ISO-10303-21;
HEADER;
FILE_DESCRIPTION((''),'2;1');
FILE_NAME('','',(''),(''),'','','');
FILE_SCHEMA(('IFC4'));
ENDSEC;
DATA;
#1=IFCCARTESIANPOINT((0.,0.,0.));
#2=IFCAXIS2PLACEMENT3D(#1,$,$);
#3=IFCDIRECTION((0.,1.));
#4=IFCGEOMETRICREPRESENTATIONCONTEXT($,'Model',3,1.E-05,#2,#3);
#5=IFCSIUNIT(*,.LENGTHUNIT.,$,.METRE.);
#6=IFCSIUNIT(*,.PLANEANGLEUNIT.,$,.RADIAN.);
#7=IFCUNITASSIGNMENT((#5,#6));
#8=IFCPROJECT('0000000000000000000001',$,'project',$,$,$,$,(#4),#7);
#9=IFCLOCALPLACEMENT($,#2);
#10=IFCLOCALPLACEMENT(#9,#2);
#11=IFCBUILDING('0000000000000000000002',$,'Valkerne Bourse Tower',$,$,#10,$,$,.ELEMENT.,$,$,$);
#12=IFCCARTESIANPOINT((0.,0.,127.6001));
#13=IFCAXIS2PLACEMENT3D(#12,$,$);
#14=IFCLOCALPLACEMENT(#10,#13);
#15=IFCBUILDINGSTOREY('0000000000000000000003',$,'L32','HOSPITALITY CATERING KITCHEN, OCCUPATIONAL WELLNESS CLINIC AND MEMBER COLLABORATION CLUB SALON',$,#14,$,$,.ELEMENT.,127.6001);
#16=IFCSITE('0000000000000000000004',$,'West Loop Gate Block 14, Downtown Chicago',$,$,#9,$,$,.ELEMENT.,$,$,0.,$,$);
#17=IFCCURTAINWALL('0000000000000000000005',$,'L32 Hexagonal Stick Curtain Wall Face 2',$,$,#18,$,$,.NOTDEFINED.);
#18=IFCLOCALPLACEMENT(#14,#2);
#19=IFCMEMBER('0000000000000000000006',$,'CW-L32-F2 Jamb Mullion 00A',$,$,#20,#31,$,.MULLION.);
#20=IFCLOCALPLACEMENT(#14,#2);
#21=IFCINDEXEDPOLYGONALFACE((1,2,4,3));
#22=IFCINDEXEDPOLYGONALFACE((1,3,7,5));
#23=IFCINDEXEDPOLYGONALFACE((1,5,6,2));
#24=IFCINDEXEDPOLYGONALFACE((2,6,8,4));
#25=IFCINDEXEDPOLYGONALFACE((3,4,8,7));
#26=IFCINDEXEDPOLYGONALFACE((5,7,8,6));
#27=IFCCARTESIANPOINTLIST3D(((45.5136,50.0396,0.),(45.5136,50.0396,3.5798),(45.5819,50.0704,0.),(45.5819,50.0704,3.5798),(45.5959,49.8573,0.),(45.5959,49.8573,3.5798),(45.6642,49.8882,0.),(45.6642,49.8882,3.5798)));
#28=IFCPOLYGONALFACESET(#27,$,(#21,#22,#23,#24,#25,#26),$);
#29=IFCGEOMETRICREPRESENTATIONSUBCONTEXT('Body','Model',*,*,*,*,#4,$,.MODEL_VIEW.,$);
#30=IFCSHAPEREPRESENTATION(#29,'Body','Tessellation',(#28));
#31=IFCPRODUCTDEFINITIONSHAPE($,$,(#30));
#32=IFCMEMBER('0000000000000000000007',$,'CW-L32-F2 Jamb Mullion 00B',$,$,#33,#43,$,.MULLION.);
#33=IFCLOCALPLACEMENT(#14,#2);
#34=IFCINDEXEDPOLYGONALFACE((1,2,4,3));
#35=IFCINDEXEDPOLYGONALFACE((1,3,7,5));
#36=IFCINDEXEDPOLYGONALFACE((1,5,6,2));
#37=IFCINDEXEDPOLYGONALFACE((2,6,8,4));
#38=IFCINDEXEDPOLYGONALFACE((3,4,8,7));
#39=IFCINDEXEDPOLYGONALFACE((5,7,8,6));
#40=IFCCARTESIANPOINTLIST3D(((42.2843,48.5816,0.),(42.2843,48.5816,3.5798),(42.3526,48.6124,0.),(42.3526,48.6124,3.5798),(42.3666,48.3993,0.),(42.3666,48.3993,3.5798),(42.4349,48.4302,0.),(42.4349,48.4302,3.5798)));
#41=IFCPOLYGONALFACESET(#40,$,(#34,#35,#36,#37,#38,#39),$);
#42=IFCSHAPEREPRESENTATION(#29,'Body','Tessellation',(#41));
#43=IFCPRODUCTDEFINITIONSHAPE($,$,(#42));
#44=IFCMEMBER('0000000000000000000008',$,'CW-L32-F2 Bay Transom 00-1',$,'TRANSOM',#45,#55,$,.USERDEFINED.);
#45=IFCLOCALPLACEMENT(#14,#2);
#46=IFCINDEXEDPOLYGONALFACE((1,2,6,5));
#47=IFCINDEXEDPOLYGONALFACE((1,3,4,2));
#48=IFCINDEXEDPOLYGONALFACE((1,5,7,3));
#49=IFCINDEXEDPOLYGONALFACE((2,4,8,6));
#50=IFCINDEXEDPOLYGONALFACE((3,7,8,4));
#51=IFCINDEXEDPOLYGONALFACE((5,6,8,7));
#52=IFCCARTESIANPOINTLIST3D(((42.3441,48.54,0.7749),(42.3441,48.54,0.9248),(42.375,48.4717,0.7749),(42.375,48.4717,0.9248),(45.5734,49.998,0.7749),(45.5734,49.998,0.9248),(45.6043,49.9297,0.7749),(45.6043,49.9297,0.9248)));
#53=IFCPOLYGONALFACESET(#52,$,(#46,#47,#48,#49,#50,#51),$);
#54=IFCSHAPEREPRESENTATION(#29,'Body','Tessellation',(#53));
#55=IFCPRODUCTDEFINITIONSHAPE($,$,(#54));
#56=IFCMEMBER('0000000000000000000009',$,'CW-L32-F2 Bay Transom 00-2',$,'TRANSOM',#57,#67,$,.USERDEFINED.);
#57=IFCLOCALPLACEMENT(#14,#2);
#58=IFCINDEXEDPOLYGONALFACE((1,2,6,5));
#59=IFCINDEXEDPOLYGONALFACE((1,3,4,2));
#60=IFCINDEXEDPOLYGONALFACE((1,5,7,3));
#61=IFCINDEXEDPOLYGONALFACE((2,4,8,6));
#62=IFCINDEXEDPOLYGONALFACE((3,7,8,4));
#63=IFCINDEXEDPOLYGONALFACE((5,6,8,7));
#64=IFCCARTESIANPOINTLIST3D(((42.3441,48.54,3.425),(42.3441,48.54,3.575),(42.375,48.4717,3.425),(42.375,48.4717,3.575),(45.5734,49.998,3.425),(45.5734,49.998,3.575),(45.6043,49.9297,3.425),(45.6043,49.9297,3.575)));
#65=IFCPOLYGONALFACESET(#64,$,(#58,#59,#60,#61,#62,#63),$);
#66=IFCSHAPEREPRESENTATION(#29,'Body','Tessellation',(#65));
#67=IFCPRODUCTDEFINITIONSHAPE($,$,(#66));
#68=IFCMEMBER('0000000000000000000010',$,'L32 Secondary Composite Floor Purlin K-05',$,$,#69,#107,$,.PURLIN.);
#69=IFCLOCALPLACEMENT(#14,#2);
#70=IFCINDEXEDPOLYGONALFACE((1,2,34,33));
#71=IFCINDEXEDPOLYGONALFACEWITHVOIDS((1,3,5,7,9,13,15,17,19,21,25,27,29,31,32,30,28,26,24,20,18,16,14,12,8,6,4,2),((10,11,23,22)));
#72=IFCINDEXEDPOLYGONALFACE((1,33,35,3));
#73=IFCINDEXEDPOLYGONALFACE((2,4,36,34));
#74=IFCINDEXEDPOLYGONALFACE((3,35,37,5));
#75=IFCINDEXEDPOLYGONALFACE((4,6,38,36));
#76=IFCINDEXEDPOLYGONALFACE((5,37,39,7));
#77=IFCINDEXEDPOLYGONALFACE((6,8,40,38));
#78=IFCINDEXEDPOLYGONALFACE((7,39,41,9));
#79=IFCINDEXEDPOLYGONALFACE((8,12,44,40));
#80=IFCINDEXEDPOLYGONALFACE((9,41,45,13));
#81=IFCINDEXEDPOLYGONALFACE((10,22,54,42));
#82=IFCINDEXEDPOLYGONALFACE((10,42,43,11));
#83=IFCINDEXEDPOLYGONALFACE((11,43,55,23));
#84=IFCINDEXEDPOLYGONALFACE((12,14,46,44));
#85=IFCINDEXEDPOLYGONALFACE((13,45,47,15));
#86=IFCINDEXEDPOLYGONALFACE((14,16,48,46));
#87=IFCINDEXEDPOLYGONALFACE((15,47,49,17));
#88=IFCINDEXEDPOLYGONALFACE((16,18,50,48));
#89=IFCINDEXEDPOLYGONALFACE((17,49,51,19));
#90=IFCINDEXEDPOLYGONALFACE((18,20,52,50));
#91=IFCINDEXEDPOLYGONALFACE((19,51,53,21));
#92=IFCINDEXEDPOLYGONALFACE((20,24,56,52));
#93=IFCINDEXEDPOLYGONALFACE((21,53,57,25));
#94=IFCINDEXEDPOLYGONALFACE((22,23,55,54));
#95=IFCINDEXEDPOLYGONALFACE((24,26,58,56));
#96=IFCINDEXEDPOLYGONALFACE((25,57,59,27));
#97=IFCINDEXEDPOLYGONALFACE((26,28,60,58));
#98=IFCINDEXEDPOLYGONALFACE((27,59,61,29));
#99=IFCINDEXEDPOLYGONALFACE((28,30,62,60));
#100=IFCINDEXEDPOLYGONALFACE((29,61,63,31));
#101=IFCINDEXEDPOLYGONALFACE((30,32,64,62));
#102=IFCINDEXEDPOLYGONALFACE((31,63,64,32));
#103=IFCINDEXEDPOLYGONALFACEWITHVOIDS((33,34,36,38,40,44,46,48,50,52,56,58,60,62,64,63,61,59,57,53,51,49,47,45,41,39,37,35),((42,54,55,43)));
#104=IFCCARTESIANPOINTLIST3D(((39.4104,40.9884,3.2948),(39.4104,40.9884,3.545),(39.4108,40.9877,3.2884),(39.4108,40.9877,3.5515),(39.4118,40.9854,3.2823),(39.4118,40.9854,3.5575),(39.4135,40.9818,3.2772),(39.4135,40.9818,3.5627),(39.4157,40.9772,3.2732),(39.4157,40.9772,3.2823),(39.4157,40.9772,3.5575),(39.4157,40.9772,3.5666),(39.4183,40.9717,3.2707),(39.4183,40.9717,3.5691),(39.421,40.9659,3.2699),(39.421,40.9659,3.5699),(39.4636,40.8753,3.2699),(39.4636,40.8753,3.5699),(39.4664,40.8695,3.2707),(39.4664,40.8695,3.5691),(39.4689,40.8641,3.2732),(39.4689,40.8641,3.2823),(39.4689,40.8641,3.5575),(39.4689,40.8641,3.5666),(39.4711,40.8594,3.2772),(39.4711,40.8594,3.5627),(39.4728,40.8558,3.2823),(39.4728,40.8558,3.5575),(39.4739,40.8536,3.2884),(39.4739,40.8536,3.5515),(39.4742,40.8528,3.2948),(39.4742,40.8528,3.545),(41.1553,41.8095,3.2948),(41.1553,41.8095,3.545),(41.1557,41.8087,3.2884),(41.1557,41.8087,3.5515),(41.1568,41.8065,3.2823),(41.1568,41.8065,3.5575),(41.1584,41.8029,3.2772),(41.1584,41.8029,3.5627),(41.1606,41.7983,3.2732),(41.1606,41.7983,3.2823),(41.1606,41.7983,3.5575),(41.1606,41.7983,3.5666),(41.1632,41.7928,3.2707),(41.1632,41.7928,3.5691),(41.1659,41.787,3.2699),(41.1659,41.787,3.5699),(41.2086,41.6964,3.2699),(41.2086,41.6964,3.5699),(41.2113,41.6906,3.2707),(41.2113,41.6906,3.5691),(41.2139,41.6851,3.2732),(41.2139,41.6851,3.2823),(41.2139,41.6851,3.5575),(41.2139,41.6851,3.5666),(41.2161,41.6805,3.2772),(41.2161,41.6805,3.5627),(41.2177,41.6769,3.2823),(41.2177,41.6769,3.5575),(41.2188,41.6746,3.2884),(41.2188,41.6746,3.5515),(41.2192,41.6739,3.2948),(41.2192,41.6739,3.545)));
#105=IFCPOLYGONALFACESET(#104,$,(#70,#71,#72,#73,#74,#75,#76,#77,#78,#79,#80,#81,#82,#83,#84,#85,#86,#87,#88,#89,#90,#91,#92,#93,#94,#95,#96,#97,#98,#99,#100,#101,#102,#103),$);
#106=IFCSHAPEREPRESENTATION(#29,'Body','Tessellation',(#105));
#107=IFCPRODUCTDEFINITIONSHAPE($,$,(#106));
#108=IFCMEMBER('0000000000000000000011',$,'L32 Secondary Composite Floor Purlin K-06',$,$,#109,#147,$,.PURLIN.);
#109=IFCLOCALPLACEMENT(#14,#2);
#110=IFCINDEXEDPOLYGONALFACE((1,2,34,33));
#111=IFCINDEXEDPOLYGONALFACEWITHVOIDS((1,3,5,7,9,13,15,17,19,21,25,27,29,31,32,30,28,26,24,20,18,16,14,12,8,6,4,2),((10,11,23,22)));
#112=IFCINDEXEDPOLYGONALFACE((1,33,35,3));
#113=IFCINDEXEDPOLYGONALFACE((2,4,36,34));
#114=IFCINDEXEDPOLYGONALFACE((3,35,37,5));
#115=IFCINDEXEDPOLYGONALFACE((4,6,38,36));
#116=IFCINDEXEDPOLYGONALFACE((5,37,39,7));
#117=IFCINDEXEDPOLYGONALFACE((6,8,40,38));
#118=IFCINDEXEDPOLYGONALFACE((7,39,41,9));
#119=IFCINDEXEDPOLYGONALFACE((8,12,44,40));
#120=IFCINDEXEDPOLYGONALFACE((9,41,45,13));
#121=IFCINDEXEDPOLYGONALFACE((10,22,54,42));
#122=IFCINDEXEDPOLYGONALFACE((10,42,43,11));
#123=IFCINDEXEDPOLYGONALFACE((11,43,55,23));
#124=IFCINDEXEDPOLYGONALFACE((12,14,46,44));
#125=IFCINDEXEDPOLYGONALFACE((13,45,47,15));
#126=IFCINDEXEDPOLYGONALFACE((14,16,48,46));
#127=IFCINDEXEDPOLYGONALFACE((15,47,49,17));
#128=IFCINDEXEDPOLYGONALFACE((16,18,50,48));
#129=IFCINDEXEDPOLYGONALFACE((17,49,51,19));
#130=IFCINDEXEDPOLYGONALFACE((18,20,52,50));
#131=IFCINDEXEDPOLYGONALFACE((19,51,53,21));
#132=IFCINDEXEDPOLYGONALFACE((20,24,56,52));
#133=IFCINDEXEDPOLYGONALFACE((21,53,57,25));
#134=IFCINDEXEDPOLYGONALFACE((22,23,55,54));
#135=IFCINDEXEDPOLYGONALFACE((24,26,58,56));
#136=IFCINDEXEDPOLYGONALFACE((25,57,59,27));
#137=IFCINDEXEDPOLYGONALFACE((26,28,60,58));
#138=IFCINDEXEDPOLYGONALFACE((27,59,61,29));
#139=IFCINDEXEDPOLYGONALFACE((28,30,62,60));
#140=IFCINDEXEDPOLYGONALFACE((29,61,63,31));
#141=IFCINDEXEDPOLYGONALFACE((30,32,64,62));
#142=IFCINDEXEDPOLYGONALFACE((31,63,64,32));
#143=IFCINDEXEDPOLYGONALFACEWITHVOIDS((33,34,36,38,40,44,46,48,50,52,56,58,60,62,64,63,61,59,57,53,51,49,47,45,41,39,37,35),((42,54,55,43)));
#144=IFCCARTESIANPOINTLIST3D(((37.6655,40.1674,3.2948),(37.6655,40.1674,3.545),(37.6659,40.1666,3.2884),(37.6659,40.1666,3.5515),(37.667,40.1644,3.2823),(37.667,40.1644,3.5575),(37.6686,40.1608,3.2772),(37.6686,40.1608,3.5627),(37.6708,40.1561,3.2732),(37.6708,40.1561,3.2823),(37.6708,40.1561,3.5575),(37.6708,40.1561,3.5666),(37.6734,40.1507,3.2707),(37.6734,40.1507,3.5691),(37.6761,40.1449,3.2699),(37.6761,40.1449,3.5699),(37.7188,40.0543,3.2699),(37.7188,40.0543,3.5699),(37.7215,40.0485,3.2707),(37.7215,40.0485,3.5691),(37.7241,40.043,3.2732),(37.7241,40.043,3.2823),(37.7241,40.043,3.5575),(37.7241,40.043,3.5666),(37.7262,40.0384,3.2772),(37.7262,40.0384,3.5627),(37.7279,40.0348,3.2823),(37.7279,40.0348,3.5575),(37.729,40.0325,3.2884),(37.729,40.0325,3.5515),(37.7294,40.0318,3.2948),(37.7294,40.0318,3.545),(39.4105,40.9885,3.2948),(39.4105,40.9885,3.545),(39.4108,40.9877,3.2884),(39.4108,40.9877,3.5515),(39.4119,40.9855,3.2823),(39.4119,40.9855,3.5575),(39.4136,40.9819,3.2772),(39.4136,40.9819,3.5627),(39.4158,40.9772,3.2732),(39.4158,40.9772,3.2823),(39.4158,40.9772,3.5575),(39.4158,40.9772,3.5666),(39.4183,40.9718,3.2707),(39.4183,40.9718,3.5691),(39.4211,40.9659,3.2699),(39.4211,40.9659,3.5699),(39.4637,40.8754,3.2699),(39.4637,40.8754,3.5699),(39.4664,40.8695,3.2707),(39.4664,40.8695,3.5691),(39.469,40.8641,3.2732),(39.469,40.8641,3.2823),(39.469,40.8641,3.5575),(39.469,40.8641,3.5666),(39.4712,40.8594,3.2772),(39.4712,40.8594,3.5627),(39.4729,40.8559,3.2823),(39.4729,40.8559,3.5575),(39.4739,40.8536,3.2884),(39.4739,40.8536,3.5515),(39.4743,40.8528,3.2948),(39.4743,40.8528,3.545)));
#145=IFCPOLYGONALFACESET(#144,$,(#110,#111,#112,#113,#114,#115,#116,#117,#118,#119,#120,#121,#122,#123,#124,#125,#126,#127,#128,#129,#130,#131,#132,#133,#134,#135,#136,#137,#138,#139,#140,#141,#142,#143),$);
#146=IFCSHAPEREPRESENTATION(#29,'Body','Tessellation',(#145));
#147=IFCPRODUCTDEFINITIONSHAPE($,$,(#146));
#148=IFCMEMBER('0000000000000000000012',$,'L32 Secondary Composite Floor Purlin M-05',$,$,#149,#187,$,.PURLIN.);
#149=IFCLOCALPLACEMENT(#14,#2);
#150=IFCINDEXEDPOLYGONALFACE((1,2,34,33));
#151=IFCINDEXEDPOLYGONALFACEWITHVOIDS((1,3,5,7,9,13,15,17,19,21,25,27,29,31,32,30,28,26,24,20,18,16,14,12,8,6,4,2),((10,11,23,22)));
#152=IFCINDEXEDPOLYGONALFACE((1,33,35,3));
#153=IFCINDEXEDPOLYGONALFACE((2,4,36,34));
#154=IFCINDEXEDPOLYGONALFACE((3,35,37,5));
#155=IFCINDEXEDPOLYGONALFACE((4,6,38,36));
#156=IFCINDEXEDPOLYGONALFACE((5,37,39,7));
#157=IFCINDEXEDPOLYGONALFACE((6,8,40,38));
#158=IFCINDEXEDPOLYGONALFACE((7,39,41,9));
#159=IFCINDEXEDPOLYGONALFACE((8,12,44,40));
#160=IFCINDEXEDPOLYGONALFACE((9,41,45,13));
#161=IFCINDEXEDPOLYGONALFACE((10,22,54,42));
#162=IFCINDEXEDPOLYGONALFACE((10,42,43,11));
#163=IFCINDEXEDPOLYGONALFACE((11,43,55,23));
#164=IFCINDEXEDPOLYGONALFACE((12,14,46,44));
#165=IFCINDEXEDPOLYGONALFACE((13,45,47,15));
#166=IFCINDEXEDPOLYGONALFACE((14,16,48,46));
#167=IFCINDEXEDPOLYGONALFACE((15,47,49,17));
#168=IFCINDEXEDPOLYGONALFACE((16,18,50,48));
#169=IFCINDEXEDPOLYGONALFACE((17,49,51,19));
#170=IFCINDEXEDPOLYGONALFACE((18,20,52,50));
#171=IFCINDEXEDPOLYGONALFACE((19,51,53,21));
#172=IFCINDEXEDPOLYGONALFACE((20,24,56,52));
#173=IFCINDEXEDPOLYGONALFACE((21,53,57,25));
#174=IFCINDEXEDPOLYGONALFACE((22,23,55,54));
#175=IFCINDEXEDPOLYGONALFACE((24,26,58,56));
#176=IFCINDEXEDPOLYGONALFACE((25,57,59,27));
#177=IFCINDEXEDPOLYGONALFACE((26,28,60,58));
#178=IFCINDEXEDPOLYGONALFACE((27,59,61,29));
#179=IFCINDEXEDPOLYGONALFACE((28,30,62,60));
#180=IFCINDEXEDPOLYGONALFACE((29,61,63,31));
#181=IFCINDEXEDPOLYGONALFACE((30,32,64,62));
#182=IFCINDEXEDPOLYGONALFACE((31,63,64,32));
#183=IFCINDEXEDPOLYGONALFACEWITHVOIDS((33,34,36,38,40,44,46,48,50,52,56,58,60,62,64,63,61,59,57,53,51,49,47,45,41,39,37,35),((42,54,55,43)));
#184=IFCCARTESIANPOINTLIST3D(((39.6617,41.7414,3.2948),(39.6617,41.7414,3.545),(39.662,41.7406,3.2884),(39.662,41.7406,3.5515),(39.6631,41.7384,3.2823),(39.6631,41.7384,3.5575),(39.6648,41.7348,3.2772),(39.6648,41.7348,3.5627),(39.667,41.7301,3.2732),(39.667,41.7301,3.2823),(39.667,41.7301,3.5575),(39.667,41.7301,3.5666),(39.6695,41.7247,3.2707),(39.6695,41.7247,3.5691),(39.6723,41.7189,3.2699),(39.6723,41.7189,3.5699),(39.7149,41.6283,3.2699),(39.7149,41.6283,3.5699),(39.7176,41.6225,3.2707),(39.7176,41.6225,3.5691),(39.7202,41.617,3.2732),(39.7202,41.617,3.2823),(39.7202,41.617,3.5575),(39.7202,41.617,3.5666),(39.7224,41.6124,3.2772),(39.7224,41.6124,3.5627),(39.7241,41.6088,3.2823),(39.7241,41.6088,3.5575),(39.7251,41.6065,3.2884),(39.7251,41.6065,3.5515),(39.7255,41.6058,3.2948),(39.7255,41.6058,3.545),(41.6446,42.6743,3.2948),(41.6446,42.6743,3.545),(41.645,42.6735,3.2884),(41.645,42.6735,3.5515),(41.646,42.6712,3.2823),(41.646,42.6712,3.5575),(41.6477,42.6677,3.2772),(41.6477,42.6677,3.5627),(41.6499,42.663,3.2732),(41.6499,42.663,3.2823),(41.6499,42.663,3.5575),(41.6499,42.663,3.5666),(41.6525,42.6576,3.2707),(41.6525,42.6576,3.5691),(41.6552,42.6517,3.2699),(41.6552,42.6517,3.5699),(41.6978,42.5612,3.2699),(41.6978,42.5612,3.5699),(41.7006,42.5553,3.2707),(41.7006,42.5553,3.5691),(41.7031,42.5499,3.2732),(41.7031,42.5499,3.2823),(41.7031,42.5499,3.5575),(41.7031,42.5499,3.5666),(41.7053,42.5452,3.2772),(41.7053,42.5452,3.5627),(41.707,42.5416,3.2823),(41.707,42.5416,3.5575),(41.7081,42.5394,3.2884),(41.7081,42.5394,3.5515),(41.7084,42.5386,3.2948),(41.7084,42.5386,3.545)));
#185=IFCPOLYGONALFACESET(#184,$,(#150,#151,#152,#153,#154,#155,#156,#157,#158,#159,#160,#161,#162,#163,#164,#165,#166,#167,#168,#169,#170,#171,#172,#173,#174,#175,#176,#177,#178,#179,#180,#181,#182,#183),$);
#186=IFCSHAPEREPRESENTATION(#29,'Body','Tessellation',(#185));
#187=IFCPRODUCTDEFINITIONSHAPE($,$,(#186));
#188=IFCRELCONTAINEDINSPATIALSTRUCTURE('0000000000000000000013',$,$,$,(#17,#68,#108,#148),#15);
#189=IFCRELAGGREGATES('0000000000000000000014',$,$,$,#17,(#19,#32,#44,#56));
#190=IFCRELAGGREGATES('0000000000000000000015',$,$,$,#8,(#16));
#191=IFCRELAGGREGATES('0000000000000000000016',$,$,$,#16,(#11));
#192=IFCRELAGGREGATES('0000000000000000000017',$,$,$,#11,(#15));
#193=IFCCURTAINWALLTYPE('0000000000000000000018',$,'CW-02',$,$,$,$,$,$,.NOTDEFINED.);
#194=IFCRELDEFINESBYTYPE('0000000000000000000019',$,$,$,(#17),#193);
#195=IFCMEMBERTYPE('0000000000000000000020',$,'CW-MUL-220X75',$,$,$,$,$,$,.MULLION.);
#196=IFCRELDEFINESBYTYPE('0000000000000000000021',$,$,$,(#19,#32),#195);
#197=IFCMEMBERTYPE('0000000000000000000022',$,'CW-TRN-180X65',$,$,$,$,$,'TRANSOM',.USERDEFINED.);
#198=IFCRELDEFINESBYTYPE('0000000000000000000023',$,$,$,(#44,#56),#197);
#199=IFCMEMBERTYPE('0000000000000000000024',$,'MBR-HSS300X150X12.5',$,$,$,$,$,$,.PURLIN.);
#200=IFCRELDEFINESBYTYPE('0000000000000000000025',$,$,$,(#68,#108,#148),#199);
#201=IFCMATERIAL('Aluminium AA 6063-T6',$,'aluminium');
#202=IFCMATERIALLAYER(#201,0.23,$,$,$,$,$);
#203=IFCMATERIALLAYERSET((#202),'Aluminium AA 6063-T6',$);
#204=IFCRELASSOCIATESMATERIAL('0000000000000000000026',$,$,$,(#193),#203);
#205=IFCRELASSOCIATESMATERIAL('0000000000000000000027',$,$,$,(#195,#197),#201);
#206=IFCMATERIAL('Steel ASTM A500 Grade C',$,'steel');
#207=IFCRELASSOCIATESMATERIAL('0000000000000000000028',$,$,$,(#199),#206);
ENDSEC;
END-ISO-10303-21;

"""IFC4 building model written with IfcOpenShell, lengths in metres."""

from ifc_helpers import new_model, si_unit, direction, frame, origin, origin_2d, place, context, subcontext, project, spatial, rectangle, hollow_rectangle, extrude, material, layer, layer_set, material_profile, profile_set, type_object, element, aggregate, save


model = new_model("IFC4")

# Units and contexts
model_context = context("Model", 3, precision=1e-05, world=origin(), true_north=direction((0.0, 1.0)))
body_context = subcontext(model_context, "Body", "Model", "MODEL_VIEW")
ifc_project = project(units=[si_unit("LENGTHUNIT", "METRE"), si_unit("PLANEANGLEUNIT", "RADIAN")], contexts=[model_context])

# Site, building, storey
site_placement = place(None, origin())
site = spatial("IfcSite", under=ifc_project, at=site_placement, Name="West Loop Gate Block 14, Downtown Chicago", CompositionType="ELEMENT", RefElevation=0.0)
building_placement = place(site_placement, origin())
building = spatial("IfcBuilding", under=site, at=building_placement, Name="Valkerne Bourse Tower", CompositionType="ELEMENT")
storey_placement = place(building_placement, frame((0.0, 0.0, 127.6001)))
storey = spatial("IfcBuildingStorey", under=building, at=storey_placement, Name="L32", Description="HOSPITALITY CATERING KITCHEN, OCCUPATIONAL WELLNESS CLINIC AND MEMBER COLLABORATION CLUB SALON", CompositionType="ELEMENT", Elevation=127.6001)

# Curtain wall, members
ifc_material_1 = material(Name="Aluminium AA 6063-T6", Category="aluminium")
ifc_layer_1 = layer(ifc_material_1, 0.23)
ifc_layer_set_1 = layer_set([ifc_layer_1], Name="Aluminium AA 6063-T6")
curtain_wall_type = type_object("IfcCurtainWallType", Name="CW-02", PredefinedType="NOTDEFINED", material=ifc_layer_set_1)
curtain_wall_placement = place(storey_placement, origin())
curtain_wall = element("IfcCurtainWall", 1, at=curtain_wall_placement, inside=storey, type_object=curtain_wall_type, Name="L32 Hexagonal Stick Curtain Wall Face 2", PredefinedType="NOTDEFINED")
ifc_material_profile_1 = material_profile(ifc_material_1, rectangle(XDim=0.075, YDim=0.2, at=origin_2d()), Name="CWM-75X200")
ifc_profile_set_1 = profile_set([ifc_material_profile_1], Name="Aluminium AA 6063-T6")
member_type_1 = type_object("IfcMemberType", Name="CW-MUL-220X75", PredefinedType="MULLION", material=ifc_profile_set_1)
member_1_placement = place(storey_placement, frame((45.5889, 49.9639, 0.0), z_axis=(0.0, 0.0, 1.0), x_axis=(-0.911401, -0.411519, 0.0)))
member_1 = element("IfcMember", 2, at=member_1_placement, type_object=member_type_1, Name="CW-L32-F2 Jamb Mullion 00A", PredefinedType="MULLION", context=body_context, shape_type="SweptSolid", body=[
    extrude(rectangle(XDim=0.075, YDim=0.2, at=origin_2d()), origin(), (0.0, 0.0, 1.0), 3.5798),
])
member_2_placement = place(storey_placement, frame((42.3596, 48.5059, 0.0), z_axis=(0.0, 0.0, 1.0), x_axis=(-0.911401, -0.411519, 0.0)))
member_2 = element("IfcMember", 3, at=member_2_placement, type_object=member_type_1, Name="CW-L32-F2 Jamb Mullion 00B", PredefinedType="MULLION", context=body_context, shape_type="SweptSolid", body=[
    extrude(rectangle(XDim=0.075, YDim=0.2, at=origin_2d()), origin(), (0.0, 0.0, 1.0), 3.5798),
])
ifc_material_profile_2 = material_profile(ifc_material_1, rectangle(XDim=0.075, YDim=0.1499, at=origin_2d()), Name="CWT-75X150")
ifc_profile_set_2 = profile_set([ifc_material_profile_2], Name="Aluminium AA 6063-T6")
member_type_2 = type_object("IfcMemberType", Name="CW-TRN-180X65", ElementType="TRANSOM", PredefinedType="USERDEFINED", material=ifc_profile_set_2)
member_3_placement = place(storey_placement, frame((45.5889, 49.9639, 0.8499), z_axis=(-0.911409, -0.411502, 0.0), x_axis=(0.411502, -0.911409, 0.0)))
member_3 = element("IfcMember", 4, at=member_3_placement, type_object=member_type_2, Name="CW-L32-F2 Bay Transom 00-1", ObjectType="TRANSOM", PredefinedType="USERDEFINED", context=body_context, shape_type="SweptSolid", body=[
    extrude(rectangle(XDim=0.075, YDim=0.1499, at=origin_2d()), origin(), (0.0, 0.0, 1.0), 3.5432),
])
member_4_placement = place(storey_placement, frame((45.5889, 49.9639, 3.5), z_axis=(-0.911409, -0.411502, 0.0), x_axis=(0.411502, -0.911409, 0.0)))
member_4 = element("IfcMember", 5, at=member_4_placement, type_object=member_type_2, Name="CW-L32-F2 Bay Transom 00-2", ObjectType="TRANSOM", PredefinedType="USERDEFINED", context=body_context, shape_type="SweptSolid", body=[
    extrude(rectangle(XDim=0.075, YDim=0.1499, at=origin_2d()), origin(), (0.0, 0.0, 1.0), 3.5432),
])

# Members
ifc_material_2 = material(Name="Steel ASTM A500 Grade C", Category="steel")
ifc_material_profile_3 = material_profile(ifc_material_2, hollow_rectangle(XDim=0.1499, YDim=0.3, WallThickness=0.0125, OuterFilletRadius=0.0249, at=origin_2d()), Name="HSS300X150X12.5")
ifc_profile_set_3 = profile_set([ifc_material_profile_3], Name="Steel ASTM A500 Grade C")
member_type_3 = type_object("IfcMemberType", Name="MBR-HSS300X150X12.5", PredefinedType="PURLIN", material=ifc_profile_set_3)
for number, where, z_axis, x_axis, name in (
    (6, (41.1873, 41.7417, 3.4199), (-0.904833, -0.425767, 0.0), (0.425767, -0.904833, 0.0), "L32 Secondary Composite Floor Purlin K-05"),
    (7, (39.4424, 40.9207, 3.4199), (-0.904833, -0.425767, 0.0), (0.425767, -0.904833, 0.0), "L32 Secondary Composite Floor Purlin K-06"),
):
    element("IfcMember", number, at=place(storey_placement, frame(where, z_axis=z_axis, x_axis=x_axis)), inside=storey, type_object=member_type_3, Name=name, PredefinedType="PURLIN", context=body_context, shape_type="SweptSolid", body=[
        extrude(hollow_rectangle(XDim=0.1499, YDim=0.3, WallThickness=0.0125, OuterFilletRadius=0.0249, at=origin_2d()), origin(), (0.0, 0.0, 1.0), 1.9285),
    ])
member_5_placement = place(storey_placement, frame((41.6765, 42.6064, 3.4199), z_axis=(-0.904867, -0.425695, 0.0), x_axis=(0.425695, -0.904867, 0.0)))
element("IfcMember", 8, at=member_5_placement, inside=storey, type_object=member_type_3, Name="L32 Secondary Composite Floor Purlin M-05", PredefinedType="PURLIN", context=body_context, shape_type="SweptSolid", body=[
    extrude(hollow_rectangle(XDim=0.1499, YDim=0.3, WallThickness=0.0125, OuterFilletRadius=0.0249, at=origin_2d()), origin(), (0.0, 0.0, 1.0), 2.1914),
])

aggregate(curtain_wall, [member_1, member_2, member_3, member_4])

save(model, "model.ifc")
